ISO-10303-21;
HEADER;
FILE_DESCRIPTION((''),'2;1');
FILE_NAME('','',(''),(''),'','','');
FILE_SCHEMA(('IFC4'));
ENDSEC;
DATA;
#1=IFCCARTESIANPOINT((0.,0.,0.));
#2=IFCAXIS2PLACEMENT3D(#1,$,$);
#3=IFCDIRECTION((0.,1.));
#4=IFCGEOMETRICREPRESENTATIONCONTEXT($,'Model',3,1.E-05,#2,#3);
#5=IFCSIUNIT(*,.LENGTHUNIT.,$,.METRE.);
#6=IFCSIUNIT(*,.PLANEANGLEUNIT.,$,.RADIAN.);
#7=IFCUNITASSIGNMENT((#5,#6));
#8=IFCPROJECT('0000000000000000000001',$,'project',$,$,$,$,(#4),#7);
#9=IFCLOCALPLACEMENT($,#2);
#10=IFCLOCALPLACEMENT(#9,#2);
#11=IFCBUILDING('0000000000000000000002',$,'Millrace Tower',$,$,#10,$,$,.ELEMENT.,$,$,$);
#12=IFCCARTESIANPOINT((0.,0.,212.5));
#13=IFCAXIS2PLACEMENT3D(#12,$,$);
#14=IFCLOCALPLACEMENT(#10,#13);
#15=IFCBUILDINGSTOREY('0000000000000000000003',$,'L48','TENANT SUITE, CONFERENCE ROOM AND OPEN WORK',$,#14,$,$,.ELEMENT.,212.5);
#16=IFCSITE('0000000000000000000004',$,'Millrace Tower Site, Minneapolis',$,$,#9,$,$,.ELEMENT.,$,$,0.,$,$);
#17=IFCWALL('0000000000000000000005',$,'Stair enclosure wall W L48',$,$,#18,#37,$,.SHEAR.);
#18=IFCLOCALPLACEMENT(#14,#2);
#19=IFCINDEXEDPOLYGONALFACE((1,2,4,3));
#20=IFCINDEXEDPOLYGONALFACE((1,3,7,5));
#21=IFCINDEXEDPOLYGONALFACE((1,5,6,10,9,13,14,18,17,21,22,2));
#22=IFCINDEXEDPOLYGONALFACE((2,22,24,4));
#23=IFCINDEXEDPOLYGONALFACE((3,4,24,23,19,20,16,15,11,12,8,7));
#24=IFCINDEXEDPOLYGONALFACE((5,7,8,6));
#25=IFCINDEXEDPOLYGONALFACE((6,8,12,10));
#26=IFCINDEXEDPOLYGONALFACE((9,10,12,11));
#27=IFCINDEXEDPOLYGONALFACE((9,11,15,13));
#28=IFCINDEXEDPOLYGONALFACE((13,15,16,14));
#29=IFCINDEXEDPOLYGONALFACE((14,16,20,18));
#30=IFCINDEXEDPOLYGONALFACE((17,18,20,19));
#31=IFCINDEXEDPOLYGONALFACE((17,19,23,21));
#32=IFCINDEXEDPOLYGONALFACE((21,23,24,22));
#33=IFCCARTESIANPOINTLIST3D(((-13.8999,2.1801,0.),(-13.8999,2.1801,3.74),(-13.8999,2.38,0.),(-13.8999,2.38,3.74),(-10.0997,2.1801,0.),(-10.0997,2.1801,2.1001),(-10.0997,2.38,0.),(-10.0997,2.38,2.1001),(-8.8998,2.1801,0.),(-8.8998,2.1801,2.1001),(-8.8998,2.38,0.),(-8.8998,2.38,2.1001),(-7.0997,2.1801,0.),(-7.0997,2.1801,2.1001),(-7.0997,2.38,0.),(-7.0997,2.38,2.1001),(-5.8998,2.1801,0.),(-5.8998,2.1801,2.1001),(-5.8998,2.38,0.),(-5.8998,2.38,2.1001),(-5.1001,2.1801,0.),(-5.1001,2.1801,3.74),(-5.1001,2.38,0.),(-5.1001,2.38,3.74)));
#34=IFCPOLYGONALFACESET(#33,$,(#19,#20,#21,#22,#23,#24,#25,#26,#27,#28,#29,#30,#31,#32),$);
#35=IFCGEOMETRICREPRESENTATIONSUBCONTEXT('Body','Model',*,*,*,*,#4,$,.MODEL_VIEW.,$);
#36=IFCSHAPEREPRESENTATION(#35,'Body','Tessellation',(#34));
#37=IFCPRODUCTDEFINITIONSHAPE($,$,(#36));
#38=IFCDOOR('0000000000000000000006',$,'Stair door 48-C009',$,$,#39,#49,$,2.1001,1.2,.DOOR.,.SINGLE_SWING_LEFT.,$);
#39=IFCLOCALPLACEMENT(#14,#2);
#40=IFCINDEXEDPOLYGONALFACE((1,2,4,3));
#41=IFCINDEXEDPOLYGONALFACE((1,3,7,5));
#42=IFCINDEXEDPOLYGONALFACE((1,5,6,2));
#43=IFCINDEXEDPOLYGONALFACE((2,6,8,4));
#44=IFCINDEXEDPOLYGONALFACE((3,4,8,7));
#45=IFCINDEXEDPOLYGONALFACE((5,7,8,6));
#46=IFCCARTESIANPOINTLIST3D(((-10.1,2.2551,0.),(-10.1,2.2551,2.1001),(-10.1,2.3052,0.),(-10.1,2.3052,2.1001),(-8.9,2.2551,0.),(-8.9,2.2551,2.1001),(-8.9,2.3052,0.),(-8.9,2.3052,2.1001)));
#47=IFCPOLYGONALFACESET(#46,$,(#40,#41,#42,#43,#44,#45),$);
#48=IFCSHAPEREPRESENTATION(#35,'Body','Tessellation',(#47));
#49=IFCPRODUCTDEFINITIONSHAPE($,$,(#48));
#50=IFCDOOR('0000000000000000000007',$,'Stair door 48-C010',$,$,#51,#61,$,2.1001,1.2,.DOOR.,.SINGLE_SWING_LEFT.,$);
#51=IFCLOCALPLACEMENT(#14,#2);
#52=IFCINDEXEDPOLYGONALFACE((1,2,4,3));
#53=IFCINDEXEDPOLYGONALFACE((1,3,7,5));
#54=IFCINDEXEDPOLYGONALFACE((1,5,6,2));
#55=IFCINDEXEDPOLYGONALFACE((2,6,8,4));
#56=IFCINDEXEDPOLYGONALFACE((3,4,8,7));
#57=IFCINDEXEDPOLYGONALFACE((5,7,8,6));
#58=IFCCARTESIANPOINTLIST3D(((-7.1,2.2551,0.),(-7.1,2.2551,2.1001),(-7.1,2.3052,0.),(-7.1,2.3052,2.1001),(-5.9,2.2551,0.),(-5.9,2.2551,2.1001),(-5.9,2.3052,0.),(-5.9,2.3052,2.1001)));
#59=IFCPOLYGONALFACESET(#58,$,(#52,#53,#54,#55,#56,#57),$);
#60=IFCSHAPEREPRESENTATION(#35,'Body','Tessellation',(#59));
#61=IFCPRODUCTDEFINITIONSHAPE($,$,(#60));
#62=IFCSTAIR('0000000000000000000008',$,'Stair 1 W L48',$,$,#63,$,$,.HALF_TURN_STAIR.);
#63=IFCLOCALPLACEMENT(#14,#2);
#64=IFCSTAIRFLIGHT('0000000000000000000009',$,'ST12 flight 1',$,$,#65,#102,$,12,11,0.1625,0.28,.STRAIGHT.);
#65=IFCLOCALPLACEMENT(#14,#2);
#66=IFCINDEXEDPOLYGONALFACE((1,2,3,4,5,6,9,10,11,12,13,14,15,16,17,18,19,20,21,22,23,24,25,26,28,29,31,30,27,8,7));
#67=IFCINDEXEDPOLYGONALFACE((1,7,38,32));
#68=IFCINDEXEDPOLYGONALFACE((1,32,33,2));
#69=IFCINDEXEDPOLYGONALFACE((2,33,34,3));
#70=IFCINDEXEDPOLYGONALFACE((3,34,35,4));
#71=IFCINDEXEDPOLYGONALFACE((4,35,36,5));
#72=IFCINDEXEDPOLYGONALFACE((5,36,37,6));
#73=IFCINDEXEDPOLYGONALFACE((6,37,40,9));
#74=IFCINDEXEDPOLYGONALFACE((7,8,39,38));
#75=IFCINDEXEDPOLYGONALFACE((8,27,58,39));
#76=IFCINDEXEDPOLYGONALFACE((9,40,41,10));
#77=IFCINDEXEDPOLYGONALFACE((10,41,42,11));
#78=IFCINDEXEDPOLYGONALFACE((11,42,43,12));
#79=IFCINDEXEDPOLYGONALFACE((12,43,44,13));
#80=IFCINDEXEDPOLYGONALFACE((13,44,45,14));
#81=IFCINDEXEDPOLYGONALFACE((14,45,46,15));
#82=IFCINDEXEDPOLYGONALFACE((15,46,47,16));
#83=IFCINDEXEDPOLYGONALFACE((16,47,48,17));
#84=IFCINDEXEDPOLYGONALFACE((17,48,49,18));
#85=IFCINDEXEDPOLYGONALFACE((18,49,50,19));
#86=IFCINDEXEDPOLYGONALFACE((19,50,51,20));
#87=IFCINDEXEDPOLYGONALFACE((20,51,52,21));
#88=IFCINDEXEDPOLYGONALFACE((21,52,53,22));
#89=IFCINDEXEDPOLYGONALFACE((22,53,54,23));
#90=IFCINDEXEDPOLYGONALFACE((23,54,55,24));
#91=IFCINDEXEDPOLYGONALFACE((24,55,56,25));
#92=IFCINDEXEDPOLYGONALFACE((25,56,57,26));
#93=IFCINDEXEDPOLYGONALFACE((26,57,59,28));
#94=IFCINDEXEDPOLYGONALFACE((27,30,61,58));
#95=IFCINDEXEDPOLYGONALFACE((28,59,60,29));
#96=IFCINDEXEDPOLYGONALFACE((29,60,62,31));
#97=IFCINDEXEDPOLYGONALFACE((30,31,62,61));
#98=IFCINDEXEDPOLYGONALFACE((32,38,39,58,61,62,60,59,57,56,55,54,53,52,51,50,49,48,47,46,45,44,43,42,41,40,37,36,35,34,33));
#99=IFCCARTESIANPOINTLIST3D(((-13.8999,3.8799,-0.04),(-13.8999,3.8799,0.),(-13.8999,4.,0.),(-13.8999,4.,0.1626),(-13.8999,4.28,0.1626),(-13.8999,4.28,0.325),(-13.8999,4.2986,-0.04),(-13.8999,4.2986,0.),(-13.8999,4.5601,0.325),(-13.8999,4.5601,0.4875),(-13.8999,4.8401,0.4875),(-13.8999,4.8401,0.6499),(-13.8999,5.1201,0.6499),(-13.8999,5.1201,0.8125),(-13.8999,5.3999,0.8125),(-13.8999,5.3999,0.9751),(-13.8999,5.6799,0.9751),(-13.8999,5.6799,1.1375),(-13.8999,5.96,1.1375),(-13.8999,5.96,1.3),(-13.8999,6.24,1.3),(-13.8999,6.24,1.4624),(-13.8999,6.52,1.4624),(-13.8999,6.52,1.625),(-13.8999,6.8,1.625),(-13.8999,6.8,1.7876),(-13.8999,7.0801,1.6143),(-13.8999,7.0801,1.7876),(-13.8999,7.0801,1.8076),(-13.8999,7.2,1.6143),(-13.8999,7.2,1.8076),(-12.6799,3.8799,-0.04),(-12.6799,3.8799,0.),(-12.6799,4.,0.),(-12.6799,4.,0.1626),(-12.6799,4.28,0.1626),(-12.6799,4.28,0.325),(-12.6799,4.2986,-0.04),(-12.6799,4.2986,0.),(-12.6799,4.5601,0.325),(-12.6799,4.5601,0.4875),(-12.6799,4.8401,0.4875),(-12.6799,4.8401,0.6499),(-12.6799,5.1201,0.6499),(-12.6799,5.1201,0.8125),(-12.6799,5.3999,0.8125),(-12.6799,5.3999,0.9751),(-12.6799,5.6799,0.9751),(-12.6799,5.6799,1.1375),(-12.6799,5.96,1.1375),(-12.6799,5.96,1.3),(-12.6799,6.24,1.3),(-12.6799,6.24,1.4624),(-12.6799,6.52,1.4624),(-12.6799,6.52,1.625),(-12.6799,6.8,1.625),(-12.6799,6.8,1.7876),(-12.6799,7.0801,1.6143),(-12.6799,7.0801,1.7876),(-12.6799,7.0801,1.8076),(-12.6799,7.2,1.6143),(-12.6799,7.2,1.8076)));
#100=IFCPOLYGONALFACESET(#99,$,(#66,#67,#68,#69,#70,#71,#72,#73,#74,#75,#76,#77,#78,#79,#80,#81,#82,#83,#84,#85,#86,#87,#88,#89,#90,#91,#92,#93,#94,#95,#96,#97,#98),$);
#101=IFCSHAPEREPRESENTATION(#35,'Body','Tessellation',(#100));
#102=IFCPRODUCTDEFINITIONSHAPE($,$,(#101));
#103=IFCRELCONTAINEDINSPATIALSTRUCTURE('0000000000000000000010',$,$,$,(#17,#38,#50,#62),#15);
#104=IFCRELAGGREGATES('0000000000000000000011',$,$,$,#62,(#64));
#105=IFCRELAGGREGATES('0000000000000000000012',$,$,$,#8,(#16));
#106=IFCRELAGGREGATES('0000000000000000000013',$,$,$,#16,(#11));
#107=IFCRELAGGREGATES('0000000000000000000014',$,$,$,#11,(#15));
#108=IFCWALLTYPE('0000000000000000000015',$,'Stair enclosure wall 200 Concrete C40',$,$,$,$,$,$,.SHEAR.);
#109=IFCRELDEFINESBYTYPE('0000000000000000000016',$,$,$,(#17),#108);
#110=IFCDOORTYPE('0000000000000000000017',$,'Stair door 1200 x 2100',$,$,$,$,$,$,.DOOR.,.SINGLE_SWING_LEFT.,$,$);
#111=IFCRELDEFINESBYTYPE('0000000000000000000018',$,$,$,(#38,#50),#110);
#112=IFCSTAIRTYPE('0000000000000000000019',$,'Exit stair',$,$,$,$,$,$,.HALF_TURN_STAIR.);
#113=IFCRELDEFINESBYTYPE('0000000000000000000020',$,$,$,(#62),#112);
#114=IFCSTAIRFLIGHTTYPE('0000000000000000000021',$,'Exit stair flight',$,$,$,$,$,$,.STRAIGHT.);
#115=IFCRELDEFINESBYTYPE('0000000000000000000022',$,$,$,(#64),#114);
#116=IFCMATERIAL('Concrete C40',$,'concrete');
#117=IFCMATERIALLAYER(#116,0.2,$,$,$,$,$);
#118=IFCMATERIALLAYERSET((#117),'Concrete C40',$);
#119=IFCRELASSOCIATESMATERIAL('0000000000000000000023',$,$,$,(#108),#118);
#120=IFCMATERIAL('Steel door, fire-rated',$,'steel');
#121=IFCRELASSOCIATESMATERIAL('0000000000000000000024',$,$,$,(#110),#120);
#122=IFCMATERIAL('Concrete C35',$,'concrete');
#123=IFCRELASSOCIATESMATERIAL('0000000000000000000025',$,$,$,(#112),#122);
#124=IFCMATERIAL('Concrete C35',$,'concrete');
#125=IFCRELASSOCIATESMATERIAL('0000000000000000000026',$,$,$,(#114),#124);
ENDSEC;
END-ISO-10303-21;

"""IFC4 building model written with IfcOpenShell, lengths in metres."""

from ifc_helpers import new_model, si_unit, direction, frame, frame_2d, origin, place, context, subcontext, project, spatial, polyline, rectangle, outline, extrude, material, layer, layer_set, type_object, element, fill, aggregate, save


model = new_model("IFC4")

# Units and contexts
model_context = context("Model", 3, precision=1e-05, world=origin(), true_north=direction((0.0, 1.0)))
body_context = subcontext(model_context, "Body", "Model", "MODEL_VIEW")
ifc_project = project(units=[si_unit("LENGTHUNIT", "METRE"), si_unit("PLANEANGLEUNIT", "RADIAN")], contexts=[model_context])

# Site, building, storey
site_placement = place(None, origin())
site = spatial("IfcSite", under=ifc_project, at=site_placement, Name="Millrace Tower Site, Minneapolis", CompositionType="ELEMENT", RefElevation=0.0)
building_placement = place(site_placement, origin())
building = spatial("IfcBuilding", under=site, at=building_placement, Name="Millrace Tower", CompositionType="ELEMENT")
storey_placement = place(building_placement, frame((0.0, 0.0, 212.5)))
storey = spatial("IfcBuildingStorey", under=building, at=storey_placement, Name="L48", Description="TENANT SUITE, CONFERENCE ROOM AND OPEN WORK", CompositionType="ELEMENT", Elevation=212.5)

# Shared definitions
placement = place(storey_placement, origin())

# Shared definitions
ifc_material_1 = material(Name="Concrete C40", Category="concrete")
ifc_layer_1 = layer(ifc_material_1, 0.2)
ifc_layer_set_1 = layer_set([ifc_layer_1], Name="Concrete C40")
wall_type_1 = type_object("IfcWallType", Name="Stair enclosure wall 200 Concrete C40", PredefinedType="SHEAR", material=ifc_layer_set_1)

# Wall, openings, doors
wall_1_placement = place(storey_placement, frame((-13.8999, 2.28, 0.0), z_axis=(0.0, 0.0, 1.0), x_axis=(1.0, 0.0, 0.0)))
wall_1 = element("IfcWall", 1, at=wall_1_placement, inside=storey, type_object=wall_type_1, Name="Stair enclosure wall W L48", PredefinedType="SHEAR", context=body_context, shape_type="SweptSolid", body=[
    extrude(rectangle(XDim=8.7998, YDim=0.2, at=frame_2d((4.3999, 0.0))), origin(), (0.0, 0.0, 1.0), 3.74),
])
opening_1_placement = place(wall_1_placement, frame((3.8, 0.0, 0.0)))
opening_1 = element("IfcOpeningElement", 2, at=opening_1_placement, cuts=wall_1, PredefinedType="OPENING", context=body_context, shape_type="SweptSolid", body=[
    extrude(rectangle(XDim=1.2, YDim=2.1001, at=frame_2d((0.6001, 1.05))), frame((0.0, 0.1099, 0.0), z_axis=(0.0, -1.0, 0.0), x_axis=(1.0, 0.0, 0.0)), (0.0, 0.0, 1.0), 0.22),
])
opening_2_placement = place(wall_1_placement, frame((6.8, 0.0, 0.0)))
opening_2 = element("IfcOpeningElement", 3, at=opening_2_placement, cuts=wall_1, PredefinedType="OPENING", context=body_context, shape_type="SweptSolid", body=[
    extrude(rectangle(XDim=1.2, YDim=2.1001, at=frame_2d((0.6001, 1.05))), frame((0.0, 0.1099, 0.0), z_axis=(0.0, -1.0, 0.0), x_axis=(1.0, 0.0, 0.0)), (0.0, 0.0, 1.0), 0.22),
])
ifc_material_2 = material(Name="Steel door, fire-rated", Category="steel")
door_type_1 = type_object("IfcDoorType", Name="Stair door 1200 x 2100", OperationType="SINGLE_SWING_LEFT", PredefinedType="DOOR", material=ifc_material_2)
door_1_placement = place(opening_1_placement, frame((1.2, 0.0, 0.0), z_axis=(0.0, 0.0, 1.0), x_axis=(-1.0, 0.0, 0.0)))
door_1 = element("IfcDoor", 4, at=door_1_placement, inside=storey, type_object=door_type_1, Name="Stair door 48-C009", OperationType="SINGLE_SWING_LEFT", OverallHeight=2.1001, OverallWidth=1.2, PredefinedType="DOOR", context=body_context, shape_type="SweptSolid", body=[
    extrude(rectangle(XDim=1.2, YDim=2.1001, at=frame_2d((0.6001, 1.05))), frame((0.0, 0.0249, 0.0), z_axis=(0.0, -1.0, 0.0), x_axis=(1.0, 0.0, 0.0)), (0.0, 0.0, 1.0), 0.05),
])
fill(opening_1, door_1)
door_2_placement = place(opening_2_placement, frame((1.2, 0.0, 0.0), z_axis=(0.0, 0.0, 1.0), x_axis=(-1.0, 0.0, 0.0)))
door_2 = element("IfcDoor", 5, at=door_2_placement, inside=storey, type_object=door_type_1, Name="Stair door 48-C010", OperationType="SINGLE_SWING_LEFT", OverallHeight=2.1001, OverallWidth=1.2, PredefinedType="DOOR", context=body_context, shape_type="SweptSolid", body=[
    extrude(rectangle(XDim=1.2, YDim=2.1001, at=frame_2d((0.6001, 1.05))), frame((0.0, 0.0249, 0.0), z_axis=(0.0, -1.0, 0.0), x_axis=(1.0, 0.0, 0.0)), (0.0, 0.0, 1.0), 0.05),
])
fill(opening_2, door_2)

# Stair, stair flight
ifc_material_3 = material(Name="Concrete C35", Category="concrete")
stair_type = type_object("IfcStairType", Name="Exit stair", PredefinedType="HALF_TURN_STAIR", material=ifc_material_3)
stair = element("IfcStair", 6, at=placement, inside=storey, type_object=stair_type, Name="Stair 1 W L48", PredefinedType="HALF_TURN_STAIR")
ifc_material_4 = material(Name="Concrete C35", Category="concrete")
stair_flight_type = type_object("IfcStairFlightType", Name="Exit stair flight", PredefinedType="STRAIGHT", material=ifc_material_4)
stair_flight_placement = place(storey_placement, frame((-13.29, 4.0, 0.0), z_axis=(0.0, 0.0, 1.0), x_axis=(0.0, 1.0, 0.0)))
stair_flight = element("IfcStairFlight", 7, at=stair_flight_placement, type_object=stair_flight_type, Name="ST12 flight 1", NumberOfRisers=12, NumberOfTreads=11, PredefinedType="STRAIGHT", RiserHeight=0.1625, TreadLength=0.28, context=body_context, shape_type="SweptSolid", body=[
    extrude(outline(polyline([(-0.1201, -0.04), (-0.1201, 0.0), (0.0, 0.0), (0.0, 0.1626), (0.28, 0.1626), (0.28, 0.325), (0.5601, 0.325), (0.5601, 0.4875), (0.8401, 0.4875), (0.8401, 0.6499), (1.1201, 0.6499), (1.1201, 0.8125), (1.3999, 0.8125), (1.3999, 0.9751), (1.6799, 0.9751), (1.6799, 1.1375), (1.96, 1.1375), (1.96, 1.3), (2.24, 1.3), (2.24, 1.4624), (2.52, 1.4624), (2.52, 1.625), (2.8, 1.625), (2.8, 1.7876), (3.0801, 1.7876), (3.0801, 1.8076), (3.2, 1.8076), (3.2, 1.6143), (3.0801, 1.6143), (0.2986, 0.0), (0.2986, -0.04), (-0.1201, -0.04)])), frame((0.0, 0.6099, 0.0), z_axis=(0.0, -1.0, 0.0), x_axis=(1.0, 0.0, 0.0)), (0.0, 0.0, 1.0), 1.22),
])
aggregate(stair, [stair_flight])

save(model, "model.ifc")
